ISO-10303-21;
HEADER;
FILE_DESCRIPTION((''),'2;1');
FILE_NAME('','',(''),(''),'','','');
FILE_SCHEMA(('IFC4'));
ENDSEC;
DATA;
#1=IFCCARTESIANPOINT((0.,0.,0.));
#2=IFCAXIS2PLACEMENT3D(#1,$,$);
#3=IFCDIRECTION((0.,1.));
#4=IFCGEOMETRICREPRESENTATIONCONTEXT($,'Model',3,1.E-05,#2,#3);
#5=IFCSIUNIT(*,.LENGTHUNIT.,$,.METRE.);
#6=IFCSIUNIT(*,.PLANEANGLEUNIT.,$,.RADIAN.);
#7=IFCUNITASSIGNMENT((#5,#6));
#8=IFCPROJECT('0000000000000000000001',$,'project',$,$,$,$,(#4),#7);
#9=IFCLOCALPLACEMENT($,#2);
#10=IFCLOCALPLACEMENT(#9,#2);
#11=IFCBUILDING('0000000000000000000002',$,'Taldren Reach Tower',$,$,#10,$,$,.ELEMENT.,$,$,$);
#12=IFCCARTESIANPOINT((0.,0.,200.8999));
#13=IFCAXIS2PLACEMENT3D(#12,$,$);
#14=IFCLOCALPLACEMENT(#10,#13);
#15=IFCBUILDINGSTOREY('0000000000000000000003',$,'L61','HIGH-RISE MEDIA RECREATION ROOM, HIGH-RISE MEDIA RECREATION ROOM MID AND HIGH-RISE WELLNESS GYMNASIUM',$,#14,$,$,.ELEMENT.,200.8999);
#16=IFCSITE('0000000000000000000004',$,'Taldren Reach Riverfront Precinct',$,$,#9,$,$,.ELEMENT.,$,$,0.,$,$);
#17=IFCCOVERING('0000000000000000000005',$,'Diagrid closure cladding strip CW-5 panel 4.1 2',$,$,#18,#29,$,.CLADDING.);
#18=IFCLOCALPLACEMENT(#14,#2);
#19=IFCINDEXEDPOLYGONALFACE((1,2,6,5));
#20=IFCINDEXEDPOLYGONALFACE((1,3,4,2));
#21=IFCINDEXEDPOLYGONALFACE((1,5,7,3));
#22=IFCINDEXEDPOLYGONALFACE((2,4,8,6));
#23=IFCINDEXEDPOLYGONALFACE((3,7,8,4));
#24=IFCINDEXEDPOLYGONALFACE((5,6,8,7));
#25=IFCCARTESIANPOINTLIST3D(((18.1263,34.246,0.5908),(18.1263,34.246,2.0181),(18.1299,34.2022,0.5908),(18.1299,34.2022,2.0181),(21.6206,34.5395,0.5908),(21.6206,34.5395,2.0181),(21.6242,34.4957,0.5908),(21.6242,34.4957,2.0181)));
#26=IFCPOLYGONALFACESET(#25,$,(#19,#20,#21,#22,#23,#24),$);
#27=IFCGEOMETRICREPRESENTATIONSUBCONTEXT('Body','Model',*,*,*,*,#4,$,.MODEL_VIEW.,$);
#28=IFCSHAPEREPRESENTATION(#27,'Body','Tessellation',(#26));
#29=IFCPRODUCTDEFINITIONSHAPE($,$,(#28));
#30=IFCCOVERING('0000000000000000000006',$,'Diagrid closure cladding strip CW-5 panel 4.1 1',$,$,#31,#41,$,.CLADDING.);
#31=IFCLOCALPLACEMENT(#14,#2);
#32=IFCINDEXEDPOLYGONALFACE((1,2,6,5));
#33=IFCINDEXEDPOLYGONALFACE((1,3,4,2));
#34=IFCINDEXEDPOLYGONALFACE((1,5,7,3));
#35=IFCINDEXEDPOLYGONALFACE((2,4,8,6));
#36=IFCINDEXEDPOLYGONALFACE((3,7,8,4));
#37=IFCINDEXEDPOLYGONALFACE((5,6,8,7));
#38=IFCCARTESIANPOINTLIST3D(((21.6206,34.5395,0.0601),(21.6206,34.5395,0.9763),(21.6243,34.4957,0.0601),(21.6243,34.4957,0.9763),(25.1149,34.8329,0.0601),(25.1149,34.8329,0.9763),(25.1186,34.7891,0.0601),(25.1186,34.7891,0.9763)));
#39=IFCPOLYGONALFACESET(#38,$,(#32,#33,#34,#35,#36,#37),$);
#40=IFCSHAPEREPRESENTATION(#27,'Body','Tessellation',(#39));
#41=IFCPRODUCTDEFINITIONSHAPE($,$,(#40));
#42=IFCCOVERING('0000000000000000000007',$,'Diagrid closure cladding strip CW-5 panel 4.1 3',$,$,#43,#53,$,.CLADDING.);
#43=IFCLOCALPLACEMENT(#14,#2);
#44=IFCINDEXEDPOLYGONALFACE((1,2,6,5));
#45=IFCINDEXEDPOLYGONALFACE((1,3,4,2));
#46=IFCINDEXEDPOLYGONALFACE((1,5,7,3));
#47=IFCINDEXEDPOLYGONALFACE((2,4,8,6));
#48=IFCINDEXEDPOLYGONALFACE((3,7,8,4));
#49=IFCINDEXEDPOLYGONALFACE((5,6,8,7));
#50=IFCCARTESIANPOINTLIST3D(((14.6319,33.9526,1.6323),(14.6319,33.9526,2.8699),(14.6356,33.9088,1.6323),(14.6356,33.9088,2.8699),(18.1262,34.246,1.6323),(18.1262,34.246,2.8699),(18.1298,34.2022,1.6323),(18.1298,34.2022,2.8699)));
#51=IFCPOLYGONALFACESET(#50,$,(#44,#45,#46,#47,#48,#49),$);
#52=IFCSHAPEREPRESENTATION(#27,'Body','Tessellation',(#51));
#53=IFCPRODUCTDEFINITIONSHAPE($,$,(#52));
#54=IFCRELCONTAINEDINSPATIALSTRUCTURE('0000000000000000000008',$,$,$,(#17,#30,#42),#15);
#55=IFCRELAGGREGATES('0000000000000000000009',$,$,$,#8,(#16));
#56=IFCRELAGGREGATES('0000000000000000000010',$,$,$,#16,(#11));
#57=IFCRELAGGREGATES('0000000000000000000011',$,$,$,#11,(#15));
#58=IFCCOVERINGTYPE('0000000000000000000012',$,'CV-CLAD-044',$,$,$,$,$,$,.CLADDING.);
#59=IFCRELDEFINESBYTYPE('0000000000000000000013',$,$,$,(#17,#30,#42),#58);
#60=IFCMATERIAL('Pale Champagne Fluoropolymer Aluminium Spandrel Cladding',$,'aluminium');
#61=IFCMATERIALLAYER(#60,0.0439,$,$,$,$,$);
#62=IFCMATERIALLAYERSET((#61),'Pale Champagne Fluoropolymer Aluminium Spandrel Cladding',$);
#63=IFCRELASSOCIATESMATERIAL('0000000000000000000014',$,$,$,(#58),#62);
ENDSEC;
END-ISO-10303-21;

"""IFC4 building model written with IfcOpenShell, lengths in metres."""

from ifc_helpers import new_model, si_unit, direction, frame, origin, origin_2d, place, context, subcontext, project, spatial, rectangle, extrude, source, transform, mapped, material, layer, layer_set, type_object, element, save


model = new_model("IFC4")

# Units and contexts
model_context = context("Model", 3, precision=1e-05, world=origin(), true_north=direction((0.0, 1.0)))
body_context = subcontext(model_context, "Body", "Model", "MODEL_VIEW")
ifc_project = project(units=[si_unit("LENGTHUNIT", "METRE"), si_unit("PLANEANGLEUNIT", "RADIAN")], contexts=[model_context])

# Site, building, storey
site_placement = place(None, origin())
site = spatial("IfcSite", under=ifc_project, at=site_placement, Name="Taldren Reach Riverfront Precinct", CompositionType="ELEMENT", RefElevation=0.0)
building_placement = place(site_placement, origin())
building = spatial("IfcBuilding", under=site, at=building_placement, Name="Taldren Reach Tower", CompositionType="ELEMENT")
storey_placement = place(building_placement, frame((0.0, 0.0, 200.8999)))
storey = spatial("IfcBuildingStorey", under=building, at=storey_placement, Name="L61", Description="HIGH-RISE MEDIA RECREATION ROOM, HIGH-RISE MEDIA RECREATION ROOM MID AND HIGH-RISE WELLNESS GYMNASIUM", CompositionType="ELEMENT", Elevation=200.8999)

# Coverings
ifc_material_1 = material(Name="Pale Champagne Fluoropolymer Aluminium Spandrel Cladding", Category="aluminium")
ifc_layer_1 = layer(ifc_material_1, 0.0439)
ifc_layer_set_1 = layer_set([ifc_layer_1], Name="Pale Champagne Fluoropolymer Aluminium Spandrel Cladding")
covering_type = type_object("IfcCoveringType", Name="CV-CLAD-044", PredefinedType="CLADDING", material=ifc_layer_set_1)
shared_shape_1 = source(origin(), body_context, "Body", "SweptSolid", [
    extrude(rectangle(XDim=3.5066, YDim=0.0439, at=origin_2d()), origin(), (0.0, 0.0, 1.0), 1.4272),
])
covering_1_placement = place(storey_placement, frame((19.8752, 34.3708, 0.5908), z_axis=(0.0, 0.0, 1.0), x_axis=(-0.996493, -0.083678, 0.0)))
element("IfcCovering", 1, at=covering_1_placement, inside=storey, type_object=covering_type, Name="Diagrid closure cladding strip CW-5 panel 4.1 2", PredefinedType="CLADDING", context=body_context, shape_type="MappedRepresentation", body=[
    mapped(shared_shape_1, transform((0.0, 0.0, 0.0), scale=1.0)),
])
shared_shape_2 = source(origin(), body_context, "Body", "SweptSolid", [
    extrude(rectangle(XDim=3.5066, YDim=0.0439, at=origin_2d()), origin(), (0.0, 0.0, 1.0), 0.9163),
])
covering_2_placement = place(storey_placement, frame((23.3696, 34.6643, 0.0601), z_axis=(0.0, 0.0, 1.0), x_axis=(-0.996493, -0.083678, 0.0)))
element("IfcCovering", 2, at=covering_2_placement, inside=storey, type_object=covering_type, Name="Diagrid closure cladding strip CW-5 panel 4.1 1", PredefinedType="CLADDING", context=body_context, shape_type="MappedRepresentation", body=[
    mapped(shared_shape_2, transform((0.0, 0.0, 0.0), scale=1.0)),
])
shared_shape_3 = source(origin(), body_context, "Body", "SweptSolid", [
    extrude(rectangle(XDim=3.5066, YDim=0.0439, at=origin_2d()), origin(), (0.0, 0.0, 1.0), 1.2375),
])
covering_3_placement = place(storey_placement, frame((16.3809, 34.0774, 1.6323), z_axis=(0.0, 0.0, 1.0), x_axis=(-0.996493, -0.083678, 0.0)))
element("IfcCovering", 3, at=covering_3_placement, inside=storey, type_object=covering_type, Name="Diagrid closure cladding strip CW-5 panel 4.1 3", PredefinedType="CLADDING", context=body_context, shape_type="MappedRepresentation", body=[
    mapped(shared_shape_3, transform((0.0, 0.0, 0.0), scale=1.0)),
])

save(model, "model.ifc")
